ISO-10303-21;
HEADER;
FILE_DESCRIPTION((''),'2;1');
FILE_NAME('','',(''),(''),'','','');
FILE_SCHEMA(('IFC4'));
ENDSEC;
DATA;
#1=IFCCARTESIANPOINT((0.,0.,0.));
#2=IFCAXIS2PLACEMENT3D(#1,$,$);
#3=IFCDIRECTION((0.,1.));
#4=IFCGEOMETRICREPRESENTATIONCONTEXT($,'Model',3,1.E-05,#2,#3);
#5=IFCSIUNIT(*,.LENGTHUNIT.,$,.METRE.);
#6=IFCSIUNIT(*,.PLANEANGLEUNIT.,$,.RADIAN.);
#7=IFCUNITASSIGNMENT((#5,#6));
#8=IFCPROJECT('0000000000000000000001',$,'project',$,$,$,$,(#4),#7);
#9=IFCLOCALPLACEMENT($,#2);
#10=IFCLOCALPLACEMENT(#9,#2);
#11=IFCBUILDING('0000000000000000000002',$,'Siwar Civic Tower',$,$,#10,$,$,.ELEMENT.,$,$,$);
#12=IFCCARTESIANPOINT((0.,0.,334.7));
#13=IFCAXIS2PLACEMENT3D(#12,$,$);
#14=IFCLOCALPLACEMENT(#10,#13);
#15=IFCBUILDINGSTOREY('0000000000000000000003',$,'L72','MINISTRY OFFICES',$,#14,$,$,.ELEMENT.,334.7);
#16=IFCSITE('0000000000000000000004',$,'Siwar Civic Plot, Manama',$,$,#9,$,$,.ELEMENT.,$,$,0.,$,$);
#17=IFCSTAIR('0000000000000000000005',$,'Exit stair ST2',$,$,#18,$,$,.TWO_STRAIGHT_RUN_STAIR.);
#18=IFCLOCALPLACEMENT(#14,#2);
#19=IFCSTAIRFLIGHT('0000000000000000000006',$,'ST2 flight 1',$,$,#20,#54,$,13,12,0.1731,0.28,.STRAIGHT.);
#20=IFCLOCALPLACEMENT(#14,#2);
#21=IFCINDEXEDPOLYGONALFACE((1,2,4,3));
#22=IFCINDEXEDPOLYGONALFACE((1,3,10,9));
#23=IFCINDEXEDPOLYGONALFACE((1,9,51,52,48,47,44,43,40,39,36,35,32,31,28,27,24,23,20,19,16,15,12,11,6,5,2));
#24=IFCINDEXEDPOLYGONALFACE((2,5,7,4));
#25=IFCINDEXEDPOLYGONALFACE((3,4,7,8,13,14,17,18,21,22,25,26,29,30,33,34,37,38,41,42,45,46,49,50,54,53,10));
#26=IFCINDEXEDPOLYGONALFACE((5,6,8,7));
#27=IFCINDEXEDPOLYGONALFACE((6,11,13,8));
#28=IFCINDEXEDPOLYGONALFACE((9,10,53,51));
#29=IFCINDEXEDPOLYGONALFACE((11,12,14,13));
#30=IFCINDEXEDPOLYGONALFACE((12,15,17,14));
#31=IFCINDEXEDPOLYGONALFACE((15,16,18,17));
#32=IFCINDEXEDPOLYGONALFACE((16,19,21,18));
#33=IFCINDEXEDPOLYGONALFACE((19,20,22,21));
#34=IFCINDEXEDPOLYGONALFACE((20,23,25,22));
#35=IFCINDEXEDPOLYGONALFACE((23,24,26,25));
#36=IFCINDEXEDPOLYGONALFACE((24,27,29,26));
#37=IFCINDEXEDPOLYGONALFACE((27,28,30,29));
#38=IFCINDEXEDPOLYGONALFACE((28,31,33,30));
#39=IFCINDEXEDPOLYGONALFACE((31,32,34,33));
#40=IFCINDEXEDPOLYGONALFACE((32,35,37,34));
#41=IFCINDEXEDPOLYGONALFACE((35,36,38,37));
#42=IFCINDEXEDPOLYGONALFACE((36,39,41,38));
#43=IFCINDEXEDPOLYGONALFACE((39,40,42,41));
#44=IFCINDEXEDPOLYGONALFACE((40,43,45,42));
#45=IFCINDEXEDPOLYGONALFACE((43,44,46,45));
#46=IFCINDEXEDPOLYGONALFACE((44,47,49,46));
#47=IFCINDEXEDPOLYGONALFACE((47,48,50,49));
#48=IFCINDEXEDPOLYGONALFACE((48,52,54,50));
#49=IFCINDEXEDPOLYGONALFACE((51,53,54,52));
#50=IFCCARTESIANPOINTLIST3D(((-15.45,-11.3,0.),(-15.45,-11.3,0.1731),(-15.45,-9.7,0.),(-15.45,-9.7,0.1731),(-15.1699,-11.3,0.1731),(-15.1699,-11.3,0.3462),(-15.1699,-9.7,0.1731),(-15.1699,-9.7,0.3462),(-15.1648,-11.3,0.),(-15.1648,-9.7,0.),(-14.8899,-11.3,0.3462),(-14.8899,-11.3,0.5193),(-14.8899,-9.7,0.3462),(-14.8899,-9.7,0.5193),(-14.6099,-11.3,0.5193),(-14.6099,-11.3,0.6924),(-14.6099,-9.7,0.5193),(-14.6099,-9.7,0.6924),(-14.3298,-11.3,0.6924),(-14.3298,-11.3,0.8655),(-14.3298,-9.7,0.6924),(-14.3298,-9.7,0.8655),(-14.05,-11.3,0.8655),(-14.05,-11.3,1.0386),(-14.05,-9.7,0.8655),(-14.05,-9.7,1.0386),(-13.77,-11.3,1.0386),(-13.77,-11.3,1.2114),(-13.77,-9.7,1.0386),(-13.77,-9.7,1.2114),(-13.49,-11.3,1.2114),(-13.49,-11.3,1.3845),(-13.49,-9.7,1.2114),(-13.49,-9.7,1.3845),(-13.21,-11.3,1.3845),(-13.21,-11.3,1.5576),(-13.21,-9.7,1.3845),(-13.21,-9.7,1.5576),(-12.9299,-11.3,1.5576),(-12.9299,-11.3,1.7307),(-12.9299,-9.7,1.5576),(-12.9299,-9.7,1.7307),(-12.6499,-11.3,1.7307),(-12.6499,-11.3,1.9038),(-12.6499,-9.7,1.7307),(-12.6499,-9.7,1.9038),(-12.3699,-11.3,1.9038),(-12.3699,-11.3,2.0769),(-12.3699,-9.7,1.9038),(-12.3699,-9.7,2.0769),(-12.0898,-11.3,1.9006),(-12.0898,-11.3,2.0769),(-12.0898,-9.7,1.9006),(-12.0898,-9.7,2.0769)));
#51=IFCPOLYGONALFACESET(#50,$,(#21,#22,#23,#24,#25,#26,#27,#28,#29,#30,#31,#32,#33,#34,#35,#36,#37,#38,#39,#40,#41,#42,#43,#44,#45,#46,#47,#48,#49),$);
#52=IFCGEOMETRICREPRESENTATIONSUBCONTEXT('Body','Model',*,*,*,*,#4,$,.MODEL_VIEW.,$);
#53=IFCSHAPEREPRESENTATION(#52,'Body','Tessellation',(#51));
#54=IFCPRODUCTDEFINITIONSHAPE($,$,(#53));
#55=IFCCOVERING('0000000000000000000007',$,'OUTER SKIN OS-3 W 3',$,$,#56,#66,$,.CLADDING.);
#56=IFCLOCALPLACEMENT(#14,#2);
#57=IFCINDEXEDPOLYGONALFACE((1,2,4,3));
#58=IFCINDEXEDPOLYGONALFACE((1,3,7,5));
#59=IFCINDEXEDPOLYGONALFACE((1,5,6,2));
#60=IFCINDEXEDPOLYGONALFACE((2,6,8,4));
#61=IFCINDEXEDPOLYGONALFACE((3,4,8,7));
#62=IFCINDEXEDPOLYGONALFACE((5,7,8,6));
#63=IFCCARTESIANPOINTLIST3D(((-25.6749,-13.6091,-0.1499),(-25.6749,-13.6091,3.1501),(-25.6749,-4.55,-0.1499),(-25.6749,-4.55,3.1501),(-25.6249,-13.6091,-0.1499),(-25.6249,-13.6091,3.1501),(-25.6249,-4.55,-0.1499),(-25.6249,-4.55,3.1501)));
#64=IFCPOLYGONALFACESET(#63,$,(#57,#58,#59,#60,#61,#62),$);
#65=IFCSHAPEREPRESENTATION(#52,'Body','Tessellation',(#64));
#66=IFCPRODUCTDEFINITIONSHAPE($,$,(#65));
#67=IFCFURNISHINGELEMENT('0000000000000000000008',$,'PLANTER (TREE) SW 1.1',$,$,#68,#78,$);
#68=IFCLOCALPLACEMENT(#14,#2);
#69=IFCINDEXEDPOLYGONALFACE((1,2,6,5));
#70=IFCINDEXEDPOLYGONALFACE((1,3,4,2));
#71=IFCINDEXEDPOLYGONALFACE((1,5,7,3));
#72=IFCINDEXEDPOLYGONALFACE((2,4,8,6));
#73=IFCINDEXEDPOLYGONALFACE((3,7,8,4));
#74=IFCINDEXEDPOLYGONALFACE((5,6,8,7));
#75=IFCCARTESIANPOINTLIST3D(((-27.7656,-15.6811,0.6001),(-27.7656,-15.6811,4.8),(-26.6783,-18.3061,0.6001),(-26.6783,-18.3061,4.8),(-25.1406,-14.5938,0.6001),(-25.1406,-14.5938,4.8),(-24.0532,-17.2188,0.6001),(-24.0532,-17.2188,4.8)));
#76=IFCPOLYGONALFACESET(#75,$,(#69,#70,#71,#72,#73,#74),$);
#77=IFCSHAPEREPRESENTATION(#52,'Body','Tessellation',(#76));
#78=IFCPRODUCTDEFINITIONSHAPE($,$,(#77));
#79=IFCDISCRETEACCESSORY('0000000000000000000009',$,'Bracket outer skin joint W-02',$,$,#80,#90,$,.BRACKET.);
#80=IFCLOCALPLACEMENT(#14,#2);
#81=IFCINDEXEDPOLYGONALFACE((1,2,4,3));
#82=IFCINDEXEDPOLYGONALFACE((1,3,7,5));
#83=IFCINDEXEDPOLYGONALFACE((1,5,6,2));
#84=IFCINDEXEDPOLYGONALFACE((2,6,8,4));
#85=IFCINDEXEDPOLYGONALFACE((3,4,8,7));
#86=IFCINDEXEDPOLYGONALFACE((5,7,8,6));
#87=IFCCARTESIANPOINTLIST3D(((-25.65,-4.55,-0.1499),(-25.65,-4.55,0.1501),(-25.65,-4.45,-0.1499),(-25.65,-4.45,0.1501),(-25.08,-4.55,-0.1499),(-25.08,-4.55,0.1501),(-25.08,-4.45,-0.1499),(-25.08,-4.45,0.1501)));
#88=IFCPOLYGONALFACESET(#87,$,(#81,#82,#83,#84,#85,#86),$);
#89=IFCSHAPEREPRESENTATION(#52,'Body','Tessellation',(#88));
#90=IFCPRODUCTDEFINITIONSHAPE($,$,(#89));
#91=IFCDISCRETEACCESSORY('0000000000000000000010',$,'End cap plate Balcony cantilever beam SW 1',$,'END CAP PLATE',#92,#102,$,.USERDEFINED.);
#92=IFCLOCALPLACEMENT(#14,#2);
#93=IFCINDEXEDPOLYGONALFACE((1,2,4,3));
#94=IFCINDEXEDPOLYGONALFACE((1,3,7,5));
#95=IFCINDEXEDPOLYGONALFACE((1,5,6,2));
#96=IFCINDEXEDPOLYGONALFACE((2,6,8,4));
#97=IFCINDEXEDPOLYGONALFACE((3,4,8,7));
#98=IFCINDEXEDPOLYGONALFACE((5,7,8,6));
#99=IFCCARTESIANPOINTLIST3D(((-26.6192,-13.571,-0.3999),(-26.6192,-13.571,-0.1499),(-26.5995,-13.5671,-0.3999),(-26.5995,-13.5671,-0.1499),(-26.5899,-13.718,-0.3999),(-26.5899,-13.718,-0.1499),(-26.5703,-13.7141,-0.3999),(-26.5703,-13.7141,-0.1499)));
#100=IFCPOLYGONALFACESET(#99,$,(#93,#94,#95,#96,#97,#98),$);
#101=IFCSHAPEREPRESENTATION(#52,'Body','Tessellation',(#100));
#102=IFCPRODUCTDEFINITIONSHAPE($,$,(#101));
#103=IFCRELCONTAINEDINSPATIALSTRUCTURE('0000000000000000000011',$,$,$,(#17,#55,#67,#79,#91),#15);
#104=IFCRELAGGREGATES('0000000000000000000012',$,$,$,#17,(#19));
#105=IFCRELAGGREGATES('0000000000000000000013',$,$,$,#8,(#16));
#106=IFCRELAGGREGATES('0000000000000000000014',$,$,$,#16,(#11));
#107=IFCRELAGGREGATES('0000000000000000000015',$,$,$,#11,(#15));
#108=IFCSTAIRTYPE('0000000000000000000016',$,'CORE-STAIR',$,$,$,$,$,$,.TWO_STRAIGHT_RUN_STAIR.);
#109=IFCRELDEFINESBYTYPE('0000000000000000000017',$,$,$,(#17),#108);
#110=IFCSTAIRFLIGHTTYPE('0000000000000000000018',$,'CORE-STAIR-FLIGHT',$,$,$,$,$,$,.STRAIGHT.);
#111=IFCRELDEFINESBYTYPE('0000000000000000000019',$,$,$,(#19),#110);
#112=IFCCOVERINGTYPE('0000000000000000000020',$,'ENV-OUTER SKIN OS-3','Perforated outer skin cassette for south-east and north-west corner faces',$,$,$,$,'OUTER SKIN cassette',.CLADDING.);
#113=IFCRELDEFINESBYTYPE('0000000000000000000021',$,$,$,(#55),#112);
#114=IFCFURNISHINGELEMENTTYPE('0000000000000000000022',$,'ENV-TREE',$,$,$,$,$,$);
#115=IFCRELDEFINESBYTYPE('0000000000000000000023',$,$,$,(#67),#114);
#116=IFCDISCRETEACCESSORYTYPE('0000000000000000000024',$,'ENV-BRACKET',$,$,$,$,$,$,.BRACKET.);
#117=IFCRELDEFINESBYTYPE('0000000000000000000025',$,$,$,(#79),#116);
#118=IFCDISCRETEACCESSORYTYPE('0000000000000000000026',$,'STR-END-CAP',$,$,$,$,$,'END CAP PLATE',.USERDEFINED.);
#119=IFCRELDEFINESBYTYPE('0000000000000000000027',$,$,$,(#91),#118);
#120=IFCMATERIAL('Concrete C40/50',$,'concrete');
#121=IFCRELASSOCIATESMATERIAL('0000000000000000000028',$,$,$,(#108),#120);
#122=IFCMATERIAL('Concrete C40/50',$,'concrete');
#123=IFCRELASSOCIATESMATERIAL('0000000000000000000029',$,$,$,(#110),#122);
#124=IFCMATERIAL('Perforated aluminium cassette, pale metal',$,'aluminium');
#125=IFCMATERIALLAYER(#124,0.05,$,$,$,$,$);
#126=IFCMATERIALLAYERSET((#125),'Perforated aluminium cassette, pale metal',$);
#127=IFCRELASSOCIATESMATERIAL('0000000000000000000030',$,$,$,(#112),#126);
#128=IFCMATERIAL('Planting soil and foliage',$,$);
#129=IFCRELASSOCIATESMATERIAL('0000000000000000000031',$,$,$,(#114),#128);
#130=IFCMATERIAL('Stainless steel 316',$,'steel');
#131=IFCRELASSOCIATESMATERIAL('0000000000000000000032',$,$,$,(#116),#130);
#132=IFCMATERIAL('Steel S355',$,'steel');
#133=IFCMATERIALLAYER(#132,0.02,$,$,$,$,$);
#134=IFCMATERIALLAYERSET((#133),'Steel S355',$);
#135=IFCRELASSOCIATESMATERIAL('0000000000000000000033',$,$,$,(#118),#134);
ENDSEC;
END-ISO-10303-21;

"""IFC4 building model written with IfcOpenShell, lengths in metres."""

from ifc_helpers import new_model, si_unit, direction, frame, origin, origin_2d, place, context, subcontext, project, spatial, polyline, rectangle, outline, extrude, material, layer, layer_set, type_object, element, aggregate, save


model = new_model("IFC4")

# Units and contexts
model_context = context("Model", 3, precision=1e-05, world=origin(), true_north=direction((0.0, 1.0)))
body_context = subcontext(model_context, "Body", "Model", "MODEL_VIEW")
ifc_project = project(units=[si_unit("LENGTHUNIT", "METRE"), si_unit("PLANEANGLEUNIT", "RADIAN")], contexts=[model_context])

# Site, building, storey
site_placement = place(None, origin())
site = spatial("IfcSite", under=ifc_project, at=site_placement, Name="Siwar Civic Plot, Manama", CompositionType="ELEMENT", RefElevation=0.0)
building_placement = place(site_placement, origin())
building = spatial("IfcBuilding", under=site, at=building_placement, Name="Siwar Civic Tower", CompositionType="ELEMENT")
storey_placement = place(building_placement, frame((0.0, 0.0, 334.7)))
storey = spatial("IfcBuildingStorey", under=building, at=storey_placement, Name="L72", Description="MINISTRY OFFICES", CompositionType="ELEMENT", Elevation=334.7)

# Stair, stair flight
ifc_material_1 = material(Name="Concrete C40/50", Category="concrete")
stair_type = type_object("IfcStairType", Name="CORE-STAIR", PredefinedType="TWO_STRAIGHT_RUN_STAIR", material=ifc_material_1)
stair_placement = place(storey_placement, origin())
stair = element("IfcStair", 1, at=stair_placement, inside=storey, type_object=stair_type, Name="Exit stair ST2", PredefinedType="TWO_STRAIGHT_RUN_STAIR")
ifc_material_2 = material(Name="Concrete C40/50", Category="concrete")
stair_flight_type = type_object("IfcStairFlightType", Name="CORE-STAIR-FLIGHT", PredefinedType="STRAIGHT", material=ifc_material_2)
stair_flight_placement = place(storey_placement, frame((-15.45, -10.5, 0.0), z_axis=(0.0, 0.0, 1.0), x_axis=(1.0, 0.0, 0.0)))
stair_flight = element("IfcStairFlight", 2, at=stair_flight_placement, type_object=stair_flight_type, Name="ST2 flight 1", NumberOfRisers=13, NumberOfTreads=12, PredefinedType="STRAIGHT", RiserHeight=0.1731, TreadLength=0.28, context=body_context, shape_type="SweptSolid", body=[
    extrude(outline(polyline([(0.0, 0.0), (0.0, 0.1731), (0.28, 0.1731), (0.28, 0.3462), (0.5601, 0.3462), (0.5601, 0.5193), (0.8401, 0.5193), (0.8401, 0.6924), (1.1201, 0.6924), (1.1201, 0.8655), (1.3999, 0.8655), (1.3999, 1.0386), (1.6799, 1.0386), (1.6799, 1.2114), (1.96, 1.2114), (1.96, 1.3845), (2.24, 1.3845), (2.24, 1.5576), (2.52, 1.5576), (2.52, 1.7307), (2.8, 1.7307), (2.8, 1.9038), (3.0801, 1.9038), (3.0801, 2.0769), (3.3601, 2.0769), (3.3601, 2.25), (3.3601, 1.9006), (0.2852, 0.0), (0.0, 0.0)])), frame((0.0, 0.8, 0.0), z_axis=(0.0, -1.0, 0.0), x_axis=(1.0, 0.0, 0.0)), (0.0, 0.0, 1.0), 1.6001),
])
aggregate(stair, [stair_flight])

# Covering
ifc_material_3 = material(Name="Perforated aluminium cassette, pale metal", Category="aluminium")
ifc_layer_1 = layer(ifc_material_3, 0.05)
ifc_layer_set_1 = layer_set([ifc_layer_1], Name="Perforated aluminium cassette, pale metal")
covering_type = type_object("IfcCoveringType", Name="ENV-OUTER SKIN OS-3", Description="Perforated outer skin cassette for south-east and north-west corner faces", ElementType="OUTER SKIN cassette", PredefinedType="CLADDING", material=ifc_layer_set_1)
covering_placement = place(storey_placement, frame((-25.6499, -9.0796, -0.1499), z_axis=(0.0, 0.0, 1.0), x_axis=(0.0, -1.0, 0.0)))
element("IfcCovering", 3, at=covering_placement, inside=storey, type_object=covering_type, Name="OUTER SKIN OS-3 W 3", PredefinedType="CLADDING", context=body_context, shape_type="SweptSolid", body=[
    extrude(rectangle(XDim=9.0591, YDim=0.05, at=origin_2d()), origin(), (0.0, 0.0, 1.0), 3.3),
])

# Furnishing element
ifc_material_4 = material(Name="Planting soil and foliage")
furnishing_element_type = type_object("IfcFurnishingElementType", Name="ENV-TREE", material=ifc_material_4)
furnishing_placement = place(storey_placement, frame((-25.9094, -16.45, 0.6001), z_axis=(0.0, 0.0, 1.0), x_axis=(0.382683, -0.92388, 0.0)))
element("IfcFurnishingElement", 4, at=furnishing_placement, inside=storey, type_object=furnishing_element_type, Name="PLANTER (TREE) SW 1.1", context=body_context, shape_type="SweptSolid", body=[
    extrude(rectangle(XDim=2.8413, YDim=2.8413, at=origin_2d()), origin(), (0.0, 0.0, 1.0), 4.2),
])

# Discrete accessories
ifc_material_5 = material(Name="Stainless steel 316", Category="steel")
discrete_accessory_type_1 = type_object("IfcDiscreteAccessoryType", Name="ENV-BRACKET", PredefinedType="BRACKET", material=ifc_material_5)
discrete_accessory_1_placement = place(storey_placement, frame((-25.365, -4.5, -0.1499), z_axis=(0.0, 0.0, 1.0), x_axis=(-1.0, 0.0, 0.0)))
element("IfcDiscreteAccessory", 5, at=discrete_accessory_1_placement, inside=storey, type_object=discrete_accessory_type_1, Name="Bracket outer skin joint W-02", PredefinedType="BRACKET", context=body_context, shape_type="SweptSolid", body=[
    extrude(rectangle(XDim=0.5701, YDim=0.1001, at=origin_2d()), origin(), (0.0, 0.0, 1.0), 0.3),
])
ifc_material_6 = material(Name="Steel S355", Category="steel")
ifc_layer_2 = layer(ifc_material_6, 0.02)
ifc_layer_set_2 = layer_set([ifc_layer_2], Name="Steel S355")
discrete_accessory_type_2 = type_object("IfcDiscreteAccessoryType", Name="STR-END-CAP", ElementType="END CAP PLATE", PredefinedType="USERDEFINED", material=ifc_layer_set_2)
discrete_accessory_2_placement = place(storey_placement, frame((-26.5947, -13.6426, -0.3999), z_axis=(0.0, 0.0, 1.0), x_axis=(-0.980785, -0.19509, 0.0)))
element("IfcDiscreteAccessory", 6, at=discrete_accessory_2_placement, inside=storey, type_object=discrete_accessory_type_2, Name="End cap plate Balcony cantilever beam SW 1", ObjectType="END CAP PLATE", PredefinedType="USERDEFINED", context=body_context, shape_type="SweptSolid", body=[
    extrude(rectangle(XDim=0.02, YDim=0.1499, at=origin_2d()), origin(), (0.0, 0.0, 1.0), 0.25),
])

save(model, "model.ifc")
